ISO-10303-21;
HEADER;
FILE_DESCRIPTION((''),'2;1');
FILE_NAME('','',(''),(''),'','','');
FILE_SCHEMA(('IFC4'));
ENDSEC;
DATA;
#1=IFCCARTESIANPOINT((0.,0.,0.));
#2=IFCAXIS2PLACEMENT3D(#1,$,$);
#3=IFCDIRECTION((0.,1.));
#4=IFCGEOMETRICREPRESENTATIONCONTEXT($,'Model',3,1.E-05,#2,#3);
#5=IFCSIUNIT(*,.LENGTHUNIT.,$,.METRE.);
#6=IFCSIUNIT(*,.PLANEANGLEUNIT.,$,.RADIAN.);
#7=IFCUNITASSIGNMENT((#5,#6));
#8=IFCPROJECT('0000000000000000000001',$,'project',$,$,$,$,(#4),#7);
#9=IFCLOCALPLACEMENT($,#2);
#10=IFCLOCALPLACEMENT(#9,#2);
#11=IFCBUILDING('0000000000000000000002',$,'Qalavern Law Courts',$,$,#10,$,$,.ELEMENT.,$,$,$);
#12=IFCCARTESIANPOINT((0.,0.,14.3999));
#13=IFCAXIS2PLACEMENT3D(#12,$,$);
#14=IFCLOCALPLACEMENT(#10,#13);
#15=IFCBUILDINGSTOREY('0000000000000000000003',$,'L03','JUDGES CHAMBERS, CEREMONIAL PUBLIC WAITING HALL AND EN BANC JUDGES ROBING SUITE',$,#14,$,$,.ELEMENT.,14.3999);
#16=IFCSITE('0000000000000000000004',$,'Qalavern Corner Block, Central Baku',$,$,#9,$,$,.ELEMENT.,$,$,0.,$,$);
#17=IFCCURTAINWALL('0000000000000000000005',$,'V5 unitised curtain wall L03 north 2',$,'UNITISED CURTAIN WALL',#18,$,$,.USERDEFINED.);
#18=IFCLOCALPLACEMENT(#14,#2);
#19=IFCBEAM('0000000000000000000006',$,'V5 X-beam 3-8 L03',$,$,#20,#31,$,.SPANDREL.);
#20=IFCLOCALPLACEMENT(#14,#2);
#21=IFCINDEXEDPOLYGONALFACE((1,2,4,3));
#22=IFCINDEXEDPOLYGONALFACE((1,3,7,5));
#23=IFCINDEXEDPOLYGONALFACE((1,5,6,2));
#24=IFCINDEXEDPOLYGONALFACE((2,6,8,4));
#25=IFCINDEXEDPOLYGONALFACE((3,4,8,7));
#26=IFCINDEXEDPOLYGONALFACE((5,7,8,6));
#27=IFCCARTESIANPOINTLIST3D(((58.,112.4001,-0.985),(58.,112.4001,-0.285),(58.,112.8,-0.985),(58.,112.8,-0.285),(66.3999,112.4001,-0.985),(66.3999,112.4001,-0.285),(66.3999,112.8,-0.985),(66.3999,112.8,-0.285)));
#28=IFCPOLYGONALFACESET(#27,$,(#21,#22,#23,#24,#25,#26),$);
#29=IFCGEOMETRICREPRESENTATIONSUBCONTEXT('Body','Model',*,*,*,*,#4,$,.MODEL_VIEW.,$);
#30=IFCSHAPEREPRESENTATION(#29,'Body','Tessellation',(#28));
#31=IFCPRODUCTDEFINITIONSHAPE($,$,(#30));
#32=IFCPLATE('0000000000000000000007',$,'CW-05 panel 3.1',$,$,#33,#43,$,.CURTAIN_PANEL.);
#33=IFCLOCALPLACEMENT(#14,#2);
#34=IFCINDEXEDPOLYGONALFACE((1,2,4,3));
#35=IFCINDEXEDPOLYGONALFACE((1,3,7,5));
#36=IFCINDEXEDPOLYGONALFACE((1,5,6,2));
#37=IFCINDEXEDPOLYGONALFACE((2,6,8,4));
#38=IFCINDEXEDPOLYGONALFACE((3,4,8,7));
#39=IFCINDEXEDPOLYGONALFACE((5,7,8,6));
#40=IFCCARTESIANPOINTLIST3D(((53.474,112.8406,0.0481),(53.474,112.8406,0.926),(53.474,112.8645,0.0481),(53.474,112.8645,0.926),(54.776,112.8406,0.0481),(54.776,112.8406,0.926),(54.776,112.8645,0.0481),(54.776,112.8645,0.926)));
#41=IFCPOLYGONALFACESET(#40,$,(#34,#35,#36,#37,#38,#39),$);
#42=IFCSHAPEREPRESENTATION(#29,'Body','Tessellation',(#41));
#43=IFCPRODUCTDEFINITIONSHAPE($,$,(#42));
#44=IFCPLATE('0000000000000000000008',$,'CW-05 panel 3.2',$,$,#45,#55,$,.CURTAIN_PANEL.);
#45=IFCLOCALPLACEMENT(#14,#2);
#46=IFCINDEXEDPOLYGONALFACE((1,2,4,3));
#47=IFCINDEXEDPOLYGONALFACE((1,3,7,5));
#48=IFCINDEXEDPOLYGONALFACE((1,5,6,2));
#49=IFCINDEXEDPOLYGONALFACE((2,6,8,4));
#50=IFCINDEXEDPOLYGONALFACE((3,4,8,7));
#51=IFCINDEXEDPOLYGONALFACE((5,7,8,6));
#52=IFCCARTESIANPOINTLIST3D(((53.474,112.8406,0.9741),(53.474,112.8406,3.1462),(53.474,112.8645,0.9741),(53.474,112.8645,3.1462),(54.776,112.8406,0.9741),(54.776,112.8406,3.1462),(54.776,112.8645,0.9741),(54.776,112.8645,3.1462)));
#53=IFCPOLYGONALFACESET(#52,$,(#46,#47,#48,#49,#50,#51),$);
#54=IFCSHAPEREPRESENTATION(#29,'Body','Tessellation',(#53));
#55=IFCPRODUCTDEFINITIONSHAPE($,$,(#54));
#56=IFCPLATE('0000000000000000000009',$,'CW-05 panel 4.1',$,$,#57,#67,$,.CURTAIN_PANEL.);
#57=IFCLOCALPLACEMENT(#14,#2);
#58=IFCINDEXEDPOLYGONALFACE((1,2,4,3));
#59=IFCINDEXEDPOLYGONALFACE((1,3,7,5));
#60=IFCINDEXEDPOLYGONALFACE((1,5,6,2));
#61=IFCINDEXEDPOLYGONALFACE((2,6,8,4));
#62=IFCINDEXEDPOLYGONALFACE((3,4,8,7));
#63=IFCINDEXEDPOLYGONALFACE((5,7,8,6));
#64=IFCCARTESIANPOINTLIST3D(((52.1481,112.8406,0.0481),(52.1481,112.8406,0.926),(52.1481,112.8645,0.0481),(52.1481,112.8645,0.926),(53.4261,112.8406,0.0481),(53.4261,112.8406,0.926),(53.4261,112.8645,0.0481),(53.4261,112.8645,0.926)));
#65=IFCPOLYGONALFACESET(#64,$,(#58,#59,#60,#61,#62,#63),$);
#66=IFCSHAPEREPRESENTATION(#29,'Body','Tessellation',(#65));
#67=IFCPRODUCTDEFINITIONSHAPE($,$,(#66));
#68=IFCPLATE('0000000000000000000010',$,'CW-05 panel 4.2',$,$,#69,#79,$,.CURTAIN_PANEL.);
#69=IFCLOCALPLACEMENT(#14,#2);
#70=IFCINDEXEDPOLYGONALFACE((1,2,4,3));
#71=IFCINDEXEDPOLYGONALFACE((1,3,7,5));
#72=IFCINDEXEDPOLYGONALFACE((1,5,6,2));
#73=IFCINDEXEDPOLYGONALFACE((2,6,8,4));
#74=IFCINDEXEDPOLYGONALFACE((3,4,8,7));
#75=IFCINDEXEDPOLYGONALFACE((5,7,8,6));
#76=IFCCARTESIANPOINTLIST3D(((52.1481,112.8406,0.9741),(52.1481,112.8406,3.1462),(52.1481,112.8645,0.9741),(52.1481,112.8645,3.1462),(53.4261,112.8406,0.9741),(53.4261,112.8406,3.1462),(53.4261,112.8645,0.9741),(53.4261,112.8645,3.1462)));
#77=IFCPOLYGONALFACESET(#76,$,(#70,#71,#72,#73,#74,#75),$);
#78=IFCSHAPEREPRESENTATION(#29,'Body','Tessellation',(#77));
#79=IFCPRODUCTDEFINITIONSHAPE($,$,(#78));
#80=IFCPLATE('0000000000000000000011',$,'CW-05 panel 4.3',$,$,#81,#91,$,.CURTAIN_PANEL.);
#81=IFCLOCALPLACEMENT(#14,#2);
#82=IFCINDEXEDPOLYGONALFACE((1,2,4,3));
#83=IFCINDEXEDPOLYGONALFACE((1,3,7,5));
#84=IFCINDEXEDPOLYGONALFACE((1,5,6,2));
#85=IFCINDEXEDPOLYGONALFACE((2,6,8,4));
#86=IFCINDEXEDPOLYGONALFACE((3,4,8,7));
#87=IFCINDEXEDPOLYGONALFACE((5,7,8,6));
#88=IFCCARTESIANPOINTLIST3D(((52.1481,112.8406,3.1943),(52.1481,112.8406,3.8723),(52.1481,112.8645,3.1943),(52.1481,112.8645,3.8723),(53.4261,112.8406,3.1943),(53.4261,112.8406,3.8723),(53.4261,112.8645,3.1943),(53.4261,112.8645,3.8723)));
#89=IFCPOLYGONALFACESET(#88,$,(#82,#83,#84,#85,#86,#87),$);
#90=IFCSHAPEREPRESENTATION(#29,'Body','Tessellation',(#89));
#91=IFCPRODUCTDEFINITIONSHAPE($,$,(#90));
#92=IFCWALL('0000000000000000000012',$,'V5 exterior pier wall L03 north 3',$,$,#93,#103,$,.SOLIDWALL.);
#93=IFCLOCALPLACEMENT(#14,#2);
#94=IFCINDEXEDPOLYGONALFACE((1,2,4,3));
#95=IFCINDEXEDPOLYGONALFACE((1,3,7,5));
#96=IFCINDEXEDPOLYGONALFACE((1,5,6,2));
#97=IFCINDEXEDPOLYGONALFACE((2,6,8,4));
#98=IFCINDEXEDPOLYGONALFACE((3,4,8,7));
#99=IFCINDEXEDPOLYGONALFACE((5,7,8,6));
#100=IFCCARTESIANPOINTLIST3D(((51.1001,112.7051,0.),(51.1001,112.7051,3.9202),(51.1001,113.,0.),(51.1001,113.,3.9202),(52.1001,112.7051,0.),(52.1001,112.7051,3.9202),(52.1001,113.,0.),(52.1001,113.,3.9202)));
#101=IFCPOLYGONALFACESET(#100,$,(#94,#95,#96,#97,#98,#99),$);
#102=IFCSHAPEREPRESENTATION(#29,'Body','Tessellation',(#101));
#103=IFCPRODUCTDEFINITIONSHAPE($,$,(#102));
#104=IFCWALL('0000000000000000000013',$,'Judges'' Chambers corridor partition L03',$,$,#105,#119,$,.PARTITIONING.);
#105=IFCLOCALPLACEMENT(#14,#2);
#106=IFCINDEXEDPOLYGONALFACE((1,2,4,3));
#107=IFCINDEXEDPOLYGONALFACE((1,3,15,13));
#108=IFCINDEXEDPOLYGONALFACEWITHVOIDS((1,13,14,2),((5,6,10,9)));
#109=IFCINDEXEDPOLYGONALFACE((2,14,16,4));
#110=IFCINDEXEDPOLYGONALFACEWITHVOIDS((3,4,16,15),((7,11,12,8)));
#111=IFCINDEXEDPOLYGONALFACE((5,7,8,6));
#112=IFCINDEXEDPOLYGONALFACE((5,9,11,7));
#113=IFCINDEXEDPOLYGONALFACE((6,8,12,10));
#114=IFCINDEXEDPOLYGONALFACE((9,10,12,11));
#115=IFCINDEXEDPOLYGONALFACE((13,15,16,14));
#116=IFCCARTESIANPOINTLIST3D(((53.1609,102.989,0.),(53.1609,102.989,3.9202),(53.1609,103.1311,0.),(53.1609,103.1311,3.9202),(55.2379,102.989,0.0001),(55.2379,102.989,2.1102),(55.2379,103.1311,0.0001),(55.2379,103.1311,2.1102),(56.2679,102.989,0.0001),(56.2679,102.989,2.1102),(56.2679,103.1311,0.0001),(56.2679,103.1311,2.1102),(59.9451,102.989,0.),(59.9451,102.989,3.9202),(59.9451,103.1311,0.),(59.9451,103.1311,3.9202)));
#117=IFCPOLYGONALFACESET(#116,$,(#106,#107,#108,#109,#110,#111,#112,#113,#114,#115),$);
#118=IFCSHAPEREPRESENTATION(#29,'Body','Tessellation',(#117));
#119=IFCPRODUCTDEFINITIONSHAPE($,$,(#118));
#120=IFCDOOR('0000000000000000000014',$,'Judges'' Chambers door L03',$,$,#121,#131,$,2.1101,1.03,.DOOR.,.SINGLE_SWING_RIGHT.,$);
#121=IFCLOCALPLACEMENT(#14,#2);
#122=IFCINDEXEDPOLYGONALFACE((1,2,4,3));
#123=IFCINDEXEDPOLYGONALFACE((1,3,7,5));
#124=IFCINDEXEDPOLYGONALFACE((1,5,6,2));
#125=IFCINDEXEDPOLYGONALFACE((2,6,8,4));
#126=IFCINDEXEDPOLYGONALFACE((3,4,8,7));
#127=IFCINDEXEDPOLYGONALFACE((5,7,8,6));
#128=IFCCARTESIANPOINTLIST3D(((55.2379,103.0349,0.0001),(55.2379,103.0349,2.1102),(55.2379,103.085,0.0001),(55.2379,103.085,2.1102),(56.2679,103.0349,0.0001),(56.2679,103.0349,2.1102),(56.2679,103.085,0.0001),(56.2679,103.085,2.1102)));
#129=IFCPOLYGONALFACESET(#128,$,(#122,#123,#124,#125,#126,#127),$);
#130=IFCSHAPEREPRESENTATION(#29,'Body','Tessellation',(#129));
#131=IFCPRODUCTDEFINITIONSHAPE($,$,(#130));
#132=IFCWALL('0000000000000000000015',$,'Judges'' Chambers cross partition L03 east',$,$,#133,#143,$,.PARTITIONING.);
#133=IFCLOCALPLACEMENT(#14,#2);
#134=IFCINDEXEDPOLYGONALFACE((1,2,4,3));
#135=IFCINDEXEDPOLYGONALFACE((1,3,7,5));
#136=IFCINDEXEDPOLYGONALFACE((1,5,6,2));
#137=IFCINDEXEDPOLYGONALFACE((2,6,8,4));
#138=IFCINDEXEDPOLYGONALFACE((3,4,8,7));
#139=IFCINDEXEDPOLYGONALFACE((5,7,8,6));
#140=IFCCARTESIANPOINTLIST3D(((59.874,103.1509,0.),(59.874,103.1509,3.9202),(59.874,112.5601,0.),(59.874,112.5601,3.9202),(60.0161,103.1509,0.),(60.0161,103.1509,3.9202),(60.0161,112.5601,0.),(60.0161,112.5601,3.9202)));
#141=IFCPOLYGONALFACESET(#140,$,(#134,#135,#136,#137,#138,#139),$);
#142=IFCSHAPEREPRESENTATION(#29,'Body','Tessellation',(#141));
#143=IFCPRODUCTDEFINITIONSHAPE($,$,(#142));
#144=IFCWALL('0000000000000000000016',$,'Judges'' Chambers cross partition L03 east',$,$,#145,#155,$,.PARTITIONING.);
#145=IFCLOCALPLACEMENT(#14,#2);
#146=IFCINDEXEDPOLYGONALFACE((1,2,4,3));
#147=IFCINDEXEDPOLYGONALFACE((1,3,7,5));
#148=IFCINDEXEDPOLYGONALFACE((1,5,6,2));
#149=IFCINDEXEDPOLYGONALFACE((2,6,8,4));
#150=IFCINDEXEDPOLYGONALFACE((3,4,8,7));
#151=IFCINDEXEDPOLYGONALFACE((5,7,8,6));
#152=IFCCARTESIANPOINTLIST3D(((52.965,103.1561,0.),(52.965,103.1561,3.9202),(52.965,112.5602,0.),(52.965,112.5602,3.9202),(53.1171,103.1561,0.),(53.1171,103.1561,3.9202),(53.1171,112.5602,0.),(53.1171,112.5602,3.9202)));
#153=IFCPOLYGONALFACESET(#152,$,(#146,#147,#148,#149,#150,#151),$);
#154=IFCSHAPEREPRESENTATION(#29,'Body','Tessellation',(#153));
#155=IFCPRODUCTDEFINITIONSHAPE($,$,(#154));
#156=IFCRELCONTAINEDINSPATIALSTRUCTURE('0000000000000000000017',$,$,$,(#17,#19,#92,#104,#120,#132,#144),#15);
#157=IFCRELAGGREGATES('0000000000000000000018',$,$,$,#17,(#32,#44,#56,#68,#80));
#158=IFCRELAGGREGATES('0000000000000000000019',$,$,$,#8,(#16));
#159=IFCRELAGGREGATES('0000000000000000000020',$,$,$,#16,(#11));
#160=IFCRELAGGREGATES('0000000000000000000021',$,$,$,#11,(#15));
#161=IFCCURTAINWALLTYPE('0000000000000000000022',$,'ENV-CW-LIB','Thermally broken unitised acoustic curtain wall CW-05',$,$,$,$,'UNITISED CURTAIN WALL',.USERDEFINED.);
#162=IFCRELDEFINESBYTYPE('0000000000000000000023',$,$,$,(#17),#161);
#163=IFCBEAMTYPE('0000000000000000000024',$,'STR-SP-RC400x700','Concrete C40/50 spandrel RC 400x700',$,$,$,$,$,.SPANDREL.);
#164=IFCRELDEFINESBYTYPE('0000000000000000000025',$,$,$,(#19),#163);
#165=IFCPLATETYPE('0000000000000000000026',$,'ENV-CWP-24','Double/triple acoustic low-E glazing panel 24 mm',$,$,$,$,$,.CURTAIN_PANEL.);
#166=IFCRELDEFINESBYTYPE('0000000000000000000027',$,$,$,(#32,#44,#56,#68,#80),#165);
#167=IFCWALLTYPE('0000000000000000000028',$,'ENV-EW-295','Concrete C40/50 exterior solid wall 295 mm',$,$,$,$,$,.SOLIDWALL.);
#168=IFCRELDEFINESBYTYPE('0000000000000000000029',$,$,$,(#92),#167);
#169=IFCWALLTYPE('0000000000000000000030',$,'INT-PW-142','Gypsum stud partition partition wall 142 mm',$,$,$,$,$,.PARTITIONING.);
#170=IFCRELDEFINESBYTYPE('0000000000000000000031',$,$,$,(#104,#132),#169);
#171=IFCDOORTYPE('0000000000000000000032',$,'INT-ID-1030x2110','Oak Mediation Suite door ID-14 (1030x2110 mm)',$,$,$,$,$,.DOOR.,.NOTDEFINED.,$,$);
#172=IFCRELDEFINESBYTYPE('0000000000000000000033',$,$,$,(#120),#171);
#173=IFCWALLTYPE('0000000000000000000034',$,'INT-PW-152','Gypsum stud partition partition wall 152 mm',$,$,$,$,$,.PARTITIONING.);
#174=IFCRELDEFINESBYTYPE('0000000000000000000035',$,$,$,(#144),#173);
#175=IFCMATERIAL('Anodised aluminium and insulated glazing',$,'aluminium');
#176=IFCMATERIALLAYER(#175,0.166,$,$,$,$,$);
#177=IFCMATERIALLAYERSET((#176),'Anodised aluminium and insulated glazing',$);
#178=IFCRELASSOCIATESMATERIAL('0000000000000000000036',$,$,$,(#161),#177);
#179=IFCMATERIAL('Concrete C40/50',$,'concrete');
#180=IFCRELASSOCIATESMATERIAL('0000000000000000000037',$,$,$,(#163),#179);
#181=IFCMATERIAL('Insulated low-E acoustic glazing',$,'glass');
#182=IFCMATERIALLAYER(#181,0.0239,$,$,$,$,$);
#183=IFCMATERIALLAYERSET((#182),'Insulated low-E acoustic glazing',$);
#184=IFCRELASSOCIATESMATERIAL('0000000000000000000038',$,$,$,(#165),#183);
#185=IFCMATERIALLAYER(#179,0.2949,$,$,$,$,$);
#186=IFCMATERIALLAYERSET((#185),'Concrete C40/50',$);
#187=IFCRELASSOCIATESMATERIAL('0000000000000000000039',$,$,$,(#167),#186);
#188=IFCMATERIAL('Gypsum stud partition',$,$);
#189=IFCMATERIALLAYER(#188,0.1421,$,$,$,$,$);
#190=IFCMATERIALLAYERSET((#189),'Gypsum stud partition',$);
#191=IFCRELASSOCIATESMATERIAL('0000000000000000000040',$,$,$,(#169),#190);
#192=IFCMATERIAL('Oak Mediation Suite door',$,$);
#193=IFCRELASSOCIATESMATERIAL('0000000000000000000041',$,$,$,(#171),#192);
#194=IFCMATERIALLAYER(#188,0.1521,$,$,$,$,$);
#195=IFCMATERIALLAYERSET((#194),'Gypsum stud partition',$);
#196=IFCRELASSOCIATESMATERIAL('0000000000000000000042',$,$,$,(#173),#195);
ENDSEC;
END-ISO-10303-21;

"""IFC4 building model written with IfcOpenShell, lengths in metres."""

from ifc_helpers import new_model, si_unit, direction, frame, frame_2d, origin, origin_2d, place, context, subcontext, project, spatial, rectangle, extrude, material, layer, layer_set, material_profile, profile_set, type_object, element, fill, aggregate, save


model = new_model("IFC4")

# Units and contexts
model_context = context("Model", 3, precision=1e-05, world=origin(), true_north=direction((0.0, 1.0)))
body_context = subcontext(model_context, "Body", "Model", "MODEL_VIEW")
ifc_project = project(units=[si_unit("LENGTHUNIT", "METRE"), si_unit("PLANEANGLEUNIT", "RADIAN")], contexts=[model_context])

# Site, building, storey
site_placement = place(None, origin())
site = spatial("IfcSite", under=ifc_project, at=site_placement, Name="Qalavern Corner Block, Central Baku", CompositionType="ELEMENT", RefElevation=0.0)
building_placement = place(site_placement, origin())
building = spatial("IfcBuilding", under=site, at=building_placement, Name="Qalavern Law Courts", CompositionType="ELEMENT")
storey_placement = place(building_placement, frame((0.0, 0.0, 14.3999)))
storey = spatial("IfcBuildingStorey", under=building, at=storey_placement, Name="L03", Description="JUDGES CHAMBERS, CEREMONIAL PUBLIC WAITING HALL AND EN BANC JUDGES ROBING SUITE", CompositionType="ELEMENT", Elevation=14.3999)

# Curtain wall
ifc_material_1 = material(Name="Anodised aluminium and insulated glazing", Category="aluminium")
ifc_layer_1 = layer(ifc_material_1, 0.166)
ifc_layer_set_1 = layer_set([ifc_layer_1], Name="Anodised aluminium and insulated glazing")
curtain_wall_type = type_object("IfcCurtainWallType", Name="ENV-CW-LIB", Description="Thermally broken unitised acoustic curtain wall CW-05", ElementType="UNITISED CURTAIN WALL", PredefinedType="USERDEFINED", material=ifc_layer_set_1)
curtain_wall_placement = place(storey_placement, origin())
curtain_wall = element("IfcCurtainWall", 1, at=curtain_wall_placement, inside=storey, type_object=curtain_wall_type, Name="V5 unitised curtain wall L03 north 2", ObjectType="UNITISED CURTAIN WALL", PredefinedType="USERDEFINED")

# Beam
ifc_material_2 = material(Name="Concrete C40/50", Category="concrete")
ifc_material_profile_1 = material_profile(ifc_material_2, rectangle(XDim=0.3999, YDim=0.7, at=origin_2d()), Name="RC 400x700")
ifc_profile_set_1 = profile_set([ifc_material_profile_1], Name="Concrete C40/50")
beam_type_1 = type_object("IfcBeamType", Name="STR-SP-RC400x700", Description="Concrete C40/50 spandrel RC 400x700", PredefinedType="SPANDREL", material=ifc_profile_set_1)
beam_1_placement = place(storey_placement, frame((58.0, 112.6001, -0.635), z_axis=(1.0, 0.0, 0.0), x_axis=(0.0, 1.0, 0.0)))
element("IfcBeam", 2, at=beam_1_placement, inside=storey, type_object=beam_type_1, Name="V5 X-beam 3-8 L03", PredefinedType="SPANDREL", context=body_context, shape_type="SweptSolid", body=[
    extrude(rectangle(XDim=0.3999, YDim=0.7, at=origin_2d()), origin(), (0.0, 0.0, 1.0), 8.3999),
])

# Plates
ifc_material_3 = material(Name="Insulated low-E acoustic glazing", Category="glass")
ifc_layer_2 = layer(ifc_material_3, 0.0239)
ifc_layer_set_2 = layer_set([ifc_layer_2], Name="Insulated low-E acoustic glazing")
plate_type = type_object("IfcPlateType", Name="ENV-CWP-24", Description="Double/triple acoustic low-E glazing panel 24 mm", PredefinedType="CURTAIN_PANEL", material=ifc_layer_set_2)
plate_1_placement = place(storey_placement, frame((54.125, 112.8525, 0.0481), z_axis=(0.0, 0.0, 1.0), x_axis=(-1.0, 0.0, 0.0)))
plate_1 = element("IfcPlate", 3, at=plate_1_placement, type_object=plate_type, Name="CW-05 panel 3.1", PredefinedType="CURTAIN_PANEL", context=body_context, shape_type="SweptSolid", body=[
    extrude(rectangle(XDim=1.302, YDim=0.0239, at=origin_2d()), origin(), (0.0, 0.0, 1.0), 0.8779),
])
plate_2_placement = place(storey_placement, frame((54.125, 112.8525, 0.9741), z_axis=(0.0, 0.0, 1.0), x_axis=(-1.0, 0.0, 0.0)))
plate_2 = element("IfcPlate", 4, at=plate_2_placement, type_object=plate_type, Name="CW-05 panel 3.2", PredefinedType="CURTAIN_PANEL", context=body_context, shape_type="SweptSolid", body=[
    extrude(rectangle(XDim=1.302, YDim=0.0239, at=origin_2d()), origin(), (0.0, 0.0, 1.0), 2.1721),
])
plate_3_placement = place(storey_placement, frame((52.7871, 112.8525, 0.0481), z_axis=(0.0, 0.0, 1.0), x_axis=(-1.0, 0.0, 0.0)))
plate_3 = element("IfcPlate", 5, at=plate_3_placement, type_object=plate_type, Name="CW-05 panel 4.1", PredefinedType="CURTAIN_PANEL", context=body_context, shape_type="SweptSolid", body=[
    extrude(rectangle(XDim=1.2781, YDim=0.0239, at=origin_2d()), origin(), (0.0, 0.0, 1.0), 0.8779),
])
plate_4_placement = place(storey_placement, frame((52.7871, 112.8525, 0.9741), z_axis=(0.0, 0.0, 1.0), x_axis=(-1.0, 0.0, 0.0)))
plate_4 = element("IfcPlate", 6, at=plate_4_placement, type_object=plate_type, Name="CW-05 panel 4.2", PredefinedType="CURTAIN_PANEL", context=body_context, shape_type="SweptSolid", body=[
    extrude(rectangle(XDim=1.2781, YDim=0.0239, at=origin_2d()), origin(), (0.0, 0.0, 1.0), 2.1721),
])
plate_5_placement = place(storey_placement, frame((52.7871, 112.8525, 3.1943), z_axis=(0.0, 0.0, 1.0), x_axis=(-1.0, 0.0, 0.0)))
plate_5 = element("IfcPlate", 7, at=plate_5_placement, type_object=plate_type, Name="CW-05 panel 4.3", PredefinedType="CURTAIN_PANEL", context=body_context, shape_type="SweptSolid", body=[
    extrude(rectangle(XDim=1.2781, YDim=0.0239, at=origin_2d()), origin(), (0.0, 0.0, 1.0), 0.678),
])
aggregate(curtain_wall, [plate_1, plate_2, plate_3, plate_4, plate_5])

# Wall
ifc_layer_3 = layer(ifc_material_2, 0.2949)
ifc_layer_set_3 = layer_set([ifc_layer_3], Name="Concrete C40/50")
wall_type_1 = type_object("IfcWallType", Name="ENV-EW-295", Description="Concrete C40/50 exterior solid wall 295 mm", PredefinedType="SOLIDWALL", material=ifc_layer_set_3)
wall_1_placement = place(storey_placement, frame((52.1001, 112.8525, 0.0), z_axis=(0.0, 0.0, 1.0), x_axis=(-1.0, 0.0, 0.0)))
element("IfcWall", 8, at=wall_1_placement, inside=storey, type_object=wall_type_1, Name="V5 exterior pier wall L03 north 3", PredefinedType="SOLIDWALL", context=body_context, shape_type="SweptSolid", body=[
    extrude(rectangle(XDim=1.0, YDim=0.2949, at=frame_2d((0.5, 0.0))), origin(), (0.0, 0.0, 1.0), 3.9202),
])

# Wall, opening, door
ifc_material_4 = material(Name="Gypsum stud partition")
ifc_layer_4 = layer(ifc_material_4, 0.1421)
ifc_layer_set_4 = layer_set([ifc_layer_4], Name="Gypsum stud partition")
wall_type_2 = type_object("IfcWallType", Name="INT-PW-142", Description="Gypsum stud partition partition wall 142 mm", PredefinedType="PARTITIONING", material=ifc_layer_set_4)
wall_2_placement = place(storey_placement, frame((53.1609, 103.0601, 0.0), z_axis=(0.0, 0.0, 1.0), x_axis=(1.0, 0.0, 0.0)))
wall_2 = element("IfcWall", 9, at=wall_2_placement, inside=storey, type_object=wall_type_2, Name="Judges' Chambers corridor partition L03", PredefinedType="PARTITIONING", context=body_context, shape_type="SweptSolid", body=[
    extrude(rectangle(XDim=6.7842, YDim=0.1421, at=frame_2d((3.3921, 0.0))), origin(), (0.0, 0.0, 1.0), 3.9202),
])
opening_placement = place(wall_2_placement, frame((2.0769, 0.0, 0.0)))
opening = element("IfcOpeningElement", 10, at=opening_placement, cuts=wall_2, PredefinedType="OPENING", context=body_context, shape_type="SweptSolid", body=[
    extrude(rectangle(XDim=1.03, YDim=2.1101, at=frame_2d((0.5151, 1.0552))), frame((0.0, 0.0859, 0.0), z_axis=(0.0, -1.0, 0.0), x_axis=(1.0, 0.0, 0.0)), (0.0, 0.0, 1.0), 0.1719),
])
ifc_material_5 = material(Name="Oak Mediation Suite door")
door_type = type_object("IfcDoorType", Name="INT-ID-1030x2110", Description="Oak Mediation Suite door ID-14 (1030x2110 mm)", OperationType="NOTDEFINED", PredefinedType="DOOR", material=ifc_material_5)
door_placement = place(opening_placement, origin())
door = element("IfcDoor", 11, at=door_placement, inside=storey, type_object=door_type, Name="Judges' Chambers door L03", OperationType="SINGLE_SWING_RIGHT", OverallHeight=2.1101, OverallWidth=1.03, PredefinedType="DOOR", context=body_context, shape_type="SweptSolid", body=[
    extrude(rectangle(XDim=1.03, YDim=2.1101, at=frame_2d((0.5151, 1.0552))), frame((0.0, 0.0249, 0.0), z_axis=(0.0, -1.0, 0.0), x_axis=(1.0, 0.0, 0.0)), (0.0, 0.0, 1.0), 0.05),
])
fill(opening, door)

# Walls
wall_3_placement = place(storey_placement, frame((59.9451, 103.1509, 0.0), z_axis=(0.0, 0.0, 1.0), x_axis=(0.0, 1.0, 0.0)))
element("IfcWall", 12, at=wall_3_placement, inside=storey, type_object=wall_type_2, Name="Judges' Chambers cross partition L03 east", PredefinedType="PARTITIONING", context=body_context, shape_type="SweptSolid", body=[
    extrude(rectangle(XDim=9.4092, YDim=0.1421, at=frame_2d((4.7046, 0.0))), origin(), (0.0, 0.0, 1.0), 3.9202),
])
ifc_layer_5 = layer(ifc_material_4, 0.1521)
ifc_layer_set_5 = layer_set([ifc_layer_5], Name="Gypsum stud partition")
wall_type_3 = type_object("IfcWallType", Name="INT-PW-152", Description="Gypsum stud partition partition wall 152 mm", PredefinedType="PARTITIONING", material=ifc_layer_set_5)
wall_4_placement = place(storey_placement, frame((53.041, 103.156, 0.0), z_axis=(0.0, 0.0, 1.0), x_axis=(0.0, 1.0, 0.0)))
element("IfcWall", 13, at=wall_4_placement, inside=storey, type_object=wall_type_3, Name="Judges' Chambers cross partition L03 east", PredefinedType="PARTITIONING", context=body_context, shape_type="SweptSolid", body=[
    extrude(rectangle(XDim=9.4041, YDim=0.1521, at=frame_2d((4.7021, 0.0))), origin(), (0.0, 0.0, 1.0), 3.9202),
])

save(model, "model.ifc")
